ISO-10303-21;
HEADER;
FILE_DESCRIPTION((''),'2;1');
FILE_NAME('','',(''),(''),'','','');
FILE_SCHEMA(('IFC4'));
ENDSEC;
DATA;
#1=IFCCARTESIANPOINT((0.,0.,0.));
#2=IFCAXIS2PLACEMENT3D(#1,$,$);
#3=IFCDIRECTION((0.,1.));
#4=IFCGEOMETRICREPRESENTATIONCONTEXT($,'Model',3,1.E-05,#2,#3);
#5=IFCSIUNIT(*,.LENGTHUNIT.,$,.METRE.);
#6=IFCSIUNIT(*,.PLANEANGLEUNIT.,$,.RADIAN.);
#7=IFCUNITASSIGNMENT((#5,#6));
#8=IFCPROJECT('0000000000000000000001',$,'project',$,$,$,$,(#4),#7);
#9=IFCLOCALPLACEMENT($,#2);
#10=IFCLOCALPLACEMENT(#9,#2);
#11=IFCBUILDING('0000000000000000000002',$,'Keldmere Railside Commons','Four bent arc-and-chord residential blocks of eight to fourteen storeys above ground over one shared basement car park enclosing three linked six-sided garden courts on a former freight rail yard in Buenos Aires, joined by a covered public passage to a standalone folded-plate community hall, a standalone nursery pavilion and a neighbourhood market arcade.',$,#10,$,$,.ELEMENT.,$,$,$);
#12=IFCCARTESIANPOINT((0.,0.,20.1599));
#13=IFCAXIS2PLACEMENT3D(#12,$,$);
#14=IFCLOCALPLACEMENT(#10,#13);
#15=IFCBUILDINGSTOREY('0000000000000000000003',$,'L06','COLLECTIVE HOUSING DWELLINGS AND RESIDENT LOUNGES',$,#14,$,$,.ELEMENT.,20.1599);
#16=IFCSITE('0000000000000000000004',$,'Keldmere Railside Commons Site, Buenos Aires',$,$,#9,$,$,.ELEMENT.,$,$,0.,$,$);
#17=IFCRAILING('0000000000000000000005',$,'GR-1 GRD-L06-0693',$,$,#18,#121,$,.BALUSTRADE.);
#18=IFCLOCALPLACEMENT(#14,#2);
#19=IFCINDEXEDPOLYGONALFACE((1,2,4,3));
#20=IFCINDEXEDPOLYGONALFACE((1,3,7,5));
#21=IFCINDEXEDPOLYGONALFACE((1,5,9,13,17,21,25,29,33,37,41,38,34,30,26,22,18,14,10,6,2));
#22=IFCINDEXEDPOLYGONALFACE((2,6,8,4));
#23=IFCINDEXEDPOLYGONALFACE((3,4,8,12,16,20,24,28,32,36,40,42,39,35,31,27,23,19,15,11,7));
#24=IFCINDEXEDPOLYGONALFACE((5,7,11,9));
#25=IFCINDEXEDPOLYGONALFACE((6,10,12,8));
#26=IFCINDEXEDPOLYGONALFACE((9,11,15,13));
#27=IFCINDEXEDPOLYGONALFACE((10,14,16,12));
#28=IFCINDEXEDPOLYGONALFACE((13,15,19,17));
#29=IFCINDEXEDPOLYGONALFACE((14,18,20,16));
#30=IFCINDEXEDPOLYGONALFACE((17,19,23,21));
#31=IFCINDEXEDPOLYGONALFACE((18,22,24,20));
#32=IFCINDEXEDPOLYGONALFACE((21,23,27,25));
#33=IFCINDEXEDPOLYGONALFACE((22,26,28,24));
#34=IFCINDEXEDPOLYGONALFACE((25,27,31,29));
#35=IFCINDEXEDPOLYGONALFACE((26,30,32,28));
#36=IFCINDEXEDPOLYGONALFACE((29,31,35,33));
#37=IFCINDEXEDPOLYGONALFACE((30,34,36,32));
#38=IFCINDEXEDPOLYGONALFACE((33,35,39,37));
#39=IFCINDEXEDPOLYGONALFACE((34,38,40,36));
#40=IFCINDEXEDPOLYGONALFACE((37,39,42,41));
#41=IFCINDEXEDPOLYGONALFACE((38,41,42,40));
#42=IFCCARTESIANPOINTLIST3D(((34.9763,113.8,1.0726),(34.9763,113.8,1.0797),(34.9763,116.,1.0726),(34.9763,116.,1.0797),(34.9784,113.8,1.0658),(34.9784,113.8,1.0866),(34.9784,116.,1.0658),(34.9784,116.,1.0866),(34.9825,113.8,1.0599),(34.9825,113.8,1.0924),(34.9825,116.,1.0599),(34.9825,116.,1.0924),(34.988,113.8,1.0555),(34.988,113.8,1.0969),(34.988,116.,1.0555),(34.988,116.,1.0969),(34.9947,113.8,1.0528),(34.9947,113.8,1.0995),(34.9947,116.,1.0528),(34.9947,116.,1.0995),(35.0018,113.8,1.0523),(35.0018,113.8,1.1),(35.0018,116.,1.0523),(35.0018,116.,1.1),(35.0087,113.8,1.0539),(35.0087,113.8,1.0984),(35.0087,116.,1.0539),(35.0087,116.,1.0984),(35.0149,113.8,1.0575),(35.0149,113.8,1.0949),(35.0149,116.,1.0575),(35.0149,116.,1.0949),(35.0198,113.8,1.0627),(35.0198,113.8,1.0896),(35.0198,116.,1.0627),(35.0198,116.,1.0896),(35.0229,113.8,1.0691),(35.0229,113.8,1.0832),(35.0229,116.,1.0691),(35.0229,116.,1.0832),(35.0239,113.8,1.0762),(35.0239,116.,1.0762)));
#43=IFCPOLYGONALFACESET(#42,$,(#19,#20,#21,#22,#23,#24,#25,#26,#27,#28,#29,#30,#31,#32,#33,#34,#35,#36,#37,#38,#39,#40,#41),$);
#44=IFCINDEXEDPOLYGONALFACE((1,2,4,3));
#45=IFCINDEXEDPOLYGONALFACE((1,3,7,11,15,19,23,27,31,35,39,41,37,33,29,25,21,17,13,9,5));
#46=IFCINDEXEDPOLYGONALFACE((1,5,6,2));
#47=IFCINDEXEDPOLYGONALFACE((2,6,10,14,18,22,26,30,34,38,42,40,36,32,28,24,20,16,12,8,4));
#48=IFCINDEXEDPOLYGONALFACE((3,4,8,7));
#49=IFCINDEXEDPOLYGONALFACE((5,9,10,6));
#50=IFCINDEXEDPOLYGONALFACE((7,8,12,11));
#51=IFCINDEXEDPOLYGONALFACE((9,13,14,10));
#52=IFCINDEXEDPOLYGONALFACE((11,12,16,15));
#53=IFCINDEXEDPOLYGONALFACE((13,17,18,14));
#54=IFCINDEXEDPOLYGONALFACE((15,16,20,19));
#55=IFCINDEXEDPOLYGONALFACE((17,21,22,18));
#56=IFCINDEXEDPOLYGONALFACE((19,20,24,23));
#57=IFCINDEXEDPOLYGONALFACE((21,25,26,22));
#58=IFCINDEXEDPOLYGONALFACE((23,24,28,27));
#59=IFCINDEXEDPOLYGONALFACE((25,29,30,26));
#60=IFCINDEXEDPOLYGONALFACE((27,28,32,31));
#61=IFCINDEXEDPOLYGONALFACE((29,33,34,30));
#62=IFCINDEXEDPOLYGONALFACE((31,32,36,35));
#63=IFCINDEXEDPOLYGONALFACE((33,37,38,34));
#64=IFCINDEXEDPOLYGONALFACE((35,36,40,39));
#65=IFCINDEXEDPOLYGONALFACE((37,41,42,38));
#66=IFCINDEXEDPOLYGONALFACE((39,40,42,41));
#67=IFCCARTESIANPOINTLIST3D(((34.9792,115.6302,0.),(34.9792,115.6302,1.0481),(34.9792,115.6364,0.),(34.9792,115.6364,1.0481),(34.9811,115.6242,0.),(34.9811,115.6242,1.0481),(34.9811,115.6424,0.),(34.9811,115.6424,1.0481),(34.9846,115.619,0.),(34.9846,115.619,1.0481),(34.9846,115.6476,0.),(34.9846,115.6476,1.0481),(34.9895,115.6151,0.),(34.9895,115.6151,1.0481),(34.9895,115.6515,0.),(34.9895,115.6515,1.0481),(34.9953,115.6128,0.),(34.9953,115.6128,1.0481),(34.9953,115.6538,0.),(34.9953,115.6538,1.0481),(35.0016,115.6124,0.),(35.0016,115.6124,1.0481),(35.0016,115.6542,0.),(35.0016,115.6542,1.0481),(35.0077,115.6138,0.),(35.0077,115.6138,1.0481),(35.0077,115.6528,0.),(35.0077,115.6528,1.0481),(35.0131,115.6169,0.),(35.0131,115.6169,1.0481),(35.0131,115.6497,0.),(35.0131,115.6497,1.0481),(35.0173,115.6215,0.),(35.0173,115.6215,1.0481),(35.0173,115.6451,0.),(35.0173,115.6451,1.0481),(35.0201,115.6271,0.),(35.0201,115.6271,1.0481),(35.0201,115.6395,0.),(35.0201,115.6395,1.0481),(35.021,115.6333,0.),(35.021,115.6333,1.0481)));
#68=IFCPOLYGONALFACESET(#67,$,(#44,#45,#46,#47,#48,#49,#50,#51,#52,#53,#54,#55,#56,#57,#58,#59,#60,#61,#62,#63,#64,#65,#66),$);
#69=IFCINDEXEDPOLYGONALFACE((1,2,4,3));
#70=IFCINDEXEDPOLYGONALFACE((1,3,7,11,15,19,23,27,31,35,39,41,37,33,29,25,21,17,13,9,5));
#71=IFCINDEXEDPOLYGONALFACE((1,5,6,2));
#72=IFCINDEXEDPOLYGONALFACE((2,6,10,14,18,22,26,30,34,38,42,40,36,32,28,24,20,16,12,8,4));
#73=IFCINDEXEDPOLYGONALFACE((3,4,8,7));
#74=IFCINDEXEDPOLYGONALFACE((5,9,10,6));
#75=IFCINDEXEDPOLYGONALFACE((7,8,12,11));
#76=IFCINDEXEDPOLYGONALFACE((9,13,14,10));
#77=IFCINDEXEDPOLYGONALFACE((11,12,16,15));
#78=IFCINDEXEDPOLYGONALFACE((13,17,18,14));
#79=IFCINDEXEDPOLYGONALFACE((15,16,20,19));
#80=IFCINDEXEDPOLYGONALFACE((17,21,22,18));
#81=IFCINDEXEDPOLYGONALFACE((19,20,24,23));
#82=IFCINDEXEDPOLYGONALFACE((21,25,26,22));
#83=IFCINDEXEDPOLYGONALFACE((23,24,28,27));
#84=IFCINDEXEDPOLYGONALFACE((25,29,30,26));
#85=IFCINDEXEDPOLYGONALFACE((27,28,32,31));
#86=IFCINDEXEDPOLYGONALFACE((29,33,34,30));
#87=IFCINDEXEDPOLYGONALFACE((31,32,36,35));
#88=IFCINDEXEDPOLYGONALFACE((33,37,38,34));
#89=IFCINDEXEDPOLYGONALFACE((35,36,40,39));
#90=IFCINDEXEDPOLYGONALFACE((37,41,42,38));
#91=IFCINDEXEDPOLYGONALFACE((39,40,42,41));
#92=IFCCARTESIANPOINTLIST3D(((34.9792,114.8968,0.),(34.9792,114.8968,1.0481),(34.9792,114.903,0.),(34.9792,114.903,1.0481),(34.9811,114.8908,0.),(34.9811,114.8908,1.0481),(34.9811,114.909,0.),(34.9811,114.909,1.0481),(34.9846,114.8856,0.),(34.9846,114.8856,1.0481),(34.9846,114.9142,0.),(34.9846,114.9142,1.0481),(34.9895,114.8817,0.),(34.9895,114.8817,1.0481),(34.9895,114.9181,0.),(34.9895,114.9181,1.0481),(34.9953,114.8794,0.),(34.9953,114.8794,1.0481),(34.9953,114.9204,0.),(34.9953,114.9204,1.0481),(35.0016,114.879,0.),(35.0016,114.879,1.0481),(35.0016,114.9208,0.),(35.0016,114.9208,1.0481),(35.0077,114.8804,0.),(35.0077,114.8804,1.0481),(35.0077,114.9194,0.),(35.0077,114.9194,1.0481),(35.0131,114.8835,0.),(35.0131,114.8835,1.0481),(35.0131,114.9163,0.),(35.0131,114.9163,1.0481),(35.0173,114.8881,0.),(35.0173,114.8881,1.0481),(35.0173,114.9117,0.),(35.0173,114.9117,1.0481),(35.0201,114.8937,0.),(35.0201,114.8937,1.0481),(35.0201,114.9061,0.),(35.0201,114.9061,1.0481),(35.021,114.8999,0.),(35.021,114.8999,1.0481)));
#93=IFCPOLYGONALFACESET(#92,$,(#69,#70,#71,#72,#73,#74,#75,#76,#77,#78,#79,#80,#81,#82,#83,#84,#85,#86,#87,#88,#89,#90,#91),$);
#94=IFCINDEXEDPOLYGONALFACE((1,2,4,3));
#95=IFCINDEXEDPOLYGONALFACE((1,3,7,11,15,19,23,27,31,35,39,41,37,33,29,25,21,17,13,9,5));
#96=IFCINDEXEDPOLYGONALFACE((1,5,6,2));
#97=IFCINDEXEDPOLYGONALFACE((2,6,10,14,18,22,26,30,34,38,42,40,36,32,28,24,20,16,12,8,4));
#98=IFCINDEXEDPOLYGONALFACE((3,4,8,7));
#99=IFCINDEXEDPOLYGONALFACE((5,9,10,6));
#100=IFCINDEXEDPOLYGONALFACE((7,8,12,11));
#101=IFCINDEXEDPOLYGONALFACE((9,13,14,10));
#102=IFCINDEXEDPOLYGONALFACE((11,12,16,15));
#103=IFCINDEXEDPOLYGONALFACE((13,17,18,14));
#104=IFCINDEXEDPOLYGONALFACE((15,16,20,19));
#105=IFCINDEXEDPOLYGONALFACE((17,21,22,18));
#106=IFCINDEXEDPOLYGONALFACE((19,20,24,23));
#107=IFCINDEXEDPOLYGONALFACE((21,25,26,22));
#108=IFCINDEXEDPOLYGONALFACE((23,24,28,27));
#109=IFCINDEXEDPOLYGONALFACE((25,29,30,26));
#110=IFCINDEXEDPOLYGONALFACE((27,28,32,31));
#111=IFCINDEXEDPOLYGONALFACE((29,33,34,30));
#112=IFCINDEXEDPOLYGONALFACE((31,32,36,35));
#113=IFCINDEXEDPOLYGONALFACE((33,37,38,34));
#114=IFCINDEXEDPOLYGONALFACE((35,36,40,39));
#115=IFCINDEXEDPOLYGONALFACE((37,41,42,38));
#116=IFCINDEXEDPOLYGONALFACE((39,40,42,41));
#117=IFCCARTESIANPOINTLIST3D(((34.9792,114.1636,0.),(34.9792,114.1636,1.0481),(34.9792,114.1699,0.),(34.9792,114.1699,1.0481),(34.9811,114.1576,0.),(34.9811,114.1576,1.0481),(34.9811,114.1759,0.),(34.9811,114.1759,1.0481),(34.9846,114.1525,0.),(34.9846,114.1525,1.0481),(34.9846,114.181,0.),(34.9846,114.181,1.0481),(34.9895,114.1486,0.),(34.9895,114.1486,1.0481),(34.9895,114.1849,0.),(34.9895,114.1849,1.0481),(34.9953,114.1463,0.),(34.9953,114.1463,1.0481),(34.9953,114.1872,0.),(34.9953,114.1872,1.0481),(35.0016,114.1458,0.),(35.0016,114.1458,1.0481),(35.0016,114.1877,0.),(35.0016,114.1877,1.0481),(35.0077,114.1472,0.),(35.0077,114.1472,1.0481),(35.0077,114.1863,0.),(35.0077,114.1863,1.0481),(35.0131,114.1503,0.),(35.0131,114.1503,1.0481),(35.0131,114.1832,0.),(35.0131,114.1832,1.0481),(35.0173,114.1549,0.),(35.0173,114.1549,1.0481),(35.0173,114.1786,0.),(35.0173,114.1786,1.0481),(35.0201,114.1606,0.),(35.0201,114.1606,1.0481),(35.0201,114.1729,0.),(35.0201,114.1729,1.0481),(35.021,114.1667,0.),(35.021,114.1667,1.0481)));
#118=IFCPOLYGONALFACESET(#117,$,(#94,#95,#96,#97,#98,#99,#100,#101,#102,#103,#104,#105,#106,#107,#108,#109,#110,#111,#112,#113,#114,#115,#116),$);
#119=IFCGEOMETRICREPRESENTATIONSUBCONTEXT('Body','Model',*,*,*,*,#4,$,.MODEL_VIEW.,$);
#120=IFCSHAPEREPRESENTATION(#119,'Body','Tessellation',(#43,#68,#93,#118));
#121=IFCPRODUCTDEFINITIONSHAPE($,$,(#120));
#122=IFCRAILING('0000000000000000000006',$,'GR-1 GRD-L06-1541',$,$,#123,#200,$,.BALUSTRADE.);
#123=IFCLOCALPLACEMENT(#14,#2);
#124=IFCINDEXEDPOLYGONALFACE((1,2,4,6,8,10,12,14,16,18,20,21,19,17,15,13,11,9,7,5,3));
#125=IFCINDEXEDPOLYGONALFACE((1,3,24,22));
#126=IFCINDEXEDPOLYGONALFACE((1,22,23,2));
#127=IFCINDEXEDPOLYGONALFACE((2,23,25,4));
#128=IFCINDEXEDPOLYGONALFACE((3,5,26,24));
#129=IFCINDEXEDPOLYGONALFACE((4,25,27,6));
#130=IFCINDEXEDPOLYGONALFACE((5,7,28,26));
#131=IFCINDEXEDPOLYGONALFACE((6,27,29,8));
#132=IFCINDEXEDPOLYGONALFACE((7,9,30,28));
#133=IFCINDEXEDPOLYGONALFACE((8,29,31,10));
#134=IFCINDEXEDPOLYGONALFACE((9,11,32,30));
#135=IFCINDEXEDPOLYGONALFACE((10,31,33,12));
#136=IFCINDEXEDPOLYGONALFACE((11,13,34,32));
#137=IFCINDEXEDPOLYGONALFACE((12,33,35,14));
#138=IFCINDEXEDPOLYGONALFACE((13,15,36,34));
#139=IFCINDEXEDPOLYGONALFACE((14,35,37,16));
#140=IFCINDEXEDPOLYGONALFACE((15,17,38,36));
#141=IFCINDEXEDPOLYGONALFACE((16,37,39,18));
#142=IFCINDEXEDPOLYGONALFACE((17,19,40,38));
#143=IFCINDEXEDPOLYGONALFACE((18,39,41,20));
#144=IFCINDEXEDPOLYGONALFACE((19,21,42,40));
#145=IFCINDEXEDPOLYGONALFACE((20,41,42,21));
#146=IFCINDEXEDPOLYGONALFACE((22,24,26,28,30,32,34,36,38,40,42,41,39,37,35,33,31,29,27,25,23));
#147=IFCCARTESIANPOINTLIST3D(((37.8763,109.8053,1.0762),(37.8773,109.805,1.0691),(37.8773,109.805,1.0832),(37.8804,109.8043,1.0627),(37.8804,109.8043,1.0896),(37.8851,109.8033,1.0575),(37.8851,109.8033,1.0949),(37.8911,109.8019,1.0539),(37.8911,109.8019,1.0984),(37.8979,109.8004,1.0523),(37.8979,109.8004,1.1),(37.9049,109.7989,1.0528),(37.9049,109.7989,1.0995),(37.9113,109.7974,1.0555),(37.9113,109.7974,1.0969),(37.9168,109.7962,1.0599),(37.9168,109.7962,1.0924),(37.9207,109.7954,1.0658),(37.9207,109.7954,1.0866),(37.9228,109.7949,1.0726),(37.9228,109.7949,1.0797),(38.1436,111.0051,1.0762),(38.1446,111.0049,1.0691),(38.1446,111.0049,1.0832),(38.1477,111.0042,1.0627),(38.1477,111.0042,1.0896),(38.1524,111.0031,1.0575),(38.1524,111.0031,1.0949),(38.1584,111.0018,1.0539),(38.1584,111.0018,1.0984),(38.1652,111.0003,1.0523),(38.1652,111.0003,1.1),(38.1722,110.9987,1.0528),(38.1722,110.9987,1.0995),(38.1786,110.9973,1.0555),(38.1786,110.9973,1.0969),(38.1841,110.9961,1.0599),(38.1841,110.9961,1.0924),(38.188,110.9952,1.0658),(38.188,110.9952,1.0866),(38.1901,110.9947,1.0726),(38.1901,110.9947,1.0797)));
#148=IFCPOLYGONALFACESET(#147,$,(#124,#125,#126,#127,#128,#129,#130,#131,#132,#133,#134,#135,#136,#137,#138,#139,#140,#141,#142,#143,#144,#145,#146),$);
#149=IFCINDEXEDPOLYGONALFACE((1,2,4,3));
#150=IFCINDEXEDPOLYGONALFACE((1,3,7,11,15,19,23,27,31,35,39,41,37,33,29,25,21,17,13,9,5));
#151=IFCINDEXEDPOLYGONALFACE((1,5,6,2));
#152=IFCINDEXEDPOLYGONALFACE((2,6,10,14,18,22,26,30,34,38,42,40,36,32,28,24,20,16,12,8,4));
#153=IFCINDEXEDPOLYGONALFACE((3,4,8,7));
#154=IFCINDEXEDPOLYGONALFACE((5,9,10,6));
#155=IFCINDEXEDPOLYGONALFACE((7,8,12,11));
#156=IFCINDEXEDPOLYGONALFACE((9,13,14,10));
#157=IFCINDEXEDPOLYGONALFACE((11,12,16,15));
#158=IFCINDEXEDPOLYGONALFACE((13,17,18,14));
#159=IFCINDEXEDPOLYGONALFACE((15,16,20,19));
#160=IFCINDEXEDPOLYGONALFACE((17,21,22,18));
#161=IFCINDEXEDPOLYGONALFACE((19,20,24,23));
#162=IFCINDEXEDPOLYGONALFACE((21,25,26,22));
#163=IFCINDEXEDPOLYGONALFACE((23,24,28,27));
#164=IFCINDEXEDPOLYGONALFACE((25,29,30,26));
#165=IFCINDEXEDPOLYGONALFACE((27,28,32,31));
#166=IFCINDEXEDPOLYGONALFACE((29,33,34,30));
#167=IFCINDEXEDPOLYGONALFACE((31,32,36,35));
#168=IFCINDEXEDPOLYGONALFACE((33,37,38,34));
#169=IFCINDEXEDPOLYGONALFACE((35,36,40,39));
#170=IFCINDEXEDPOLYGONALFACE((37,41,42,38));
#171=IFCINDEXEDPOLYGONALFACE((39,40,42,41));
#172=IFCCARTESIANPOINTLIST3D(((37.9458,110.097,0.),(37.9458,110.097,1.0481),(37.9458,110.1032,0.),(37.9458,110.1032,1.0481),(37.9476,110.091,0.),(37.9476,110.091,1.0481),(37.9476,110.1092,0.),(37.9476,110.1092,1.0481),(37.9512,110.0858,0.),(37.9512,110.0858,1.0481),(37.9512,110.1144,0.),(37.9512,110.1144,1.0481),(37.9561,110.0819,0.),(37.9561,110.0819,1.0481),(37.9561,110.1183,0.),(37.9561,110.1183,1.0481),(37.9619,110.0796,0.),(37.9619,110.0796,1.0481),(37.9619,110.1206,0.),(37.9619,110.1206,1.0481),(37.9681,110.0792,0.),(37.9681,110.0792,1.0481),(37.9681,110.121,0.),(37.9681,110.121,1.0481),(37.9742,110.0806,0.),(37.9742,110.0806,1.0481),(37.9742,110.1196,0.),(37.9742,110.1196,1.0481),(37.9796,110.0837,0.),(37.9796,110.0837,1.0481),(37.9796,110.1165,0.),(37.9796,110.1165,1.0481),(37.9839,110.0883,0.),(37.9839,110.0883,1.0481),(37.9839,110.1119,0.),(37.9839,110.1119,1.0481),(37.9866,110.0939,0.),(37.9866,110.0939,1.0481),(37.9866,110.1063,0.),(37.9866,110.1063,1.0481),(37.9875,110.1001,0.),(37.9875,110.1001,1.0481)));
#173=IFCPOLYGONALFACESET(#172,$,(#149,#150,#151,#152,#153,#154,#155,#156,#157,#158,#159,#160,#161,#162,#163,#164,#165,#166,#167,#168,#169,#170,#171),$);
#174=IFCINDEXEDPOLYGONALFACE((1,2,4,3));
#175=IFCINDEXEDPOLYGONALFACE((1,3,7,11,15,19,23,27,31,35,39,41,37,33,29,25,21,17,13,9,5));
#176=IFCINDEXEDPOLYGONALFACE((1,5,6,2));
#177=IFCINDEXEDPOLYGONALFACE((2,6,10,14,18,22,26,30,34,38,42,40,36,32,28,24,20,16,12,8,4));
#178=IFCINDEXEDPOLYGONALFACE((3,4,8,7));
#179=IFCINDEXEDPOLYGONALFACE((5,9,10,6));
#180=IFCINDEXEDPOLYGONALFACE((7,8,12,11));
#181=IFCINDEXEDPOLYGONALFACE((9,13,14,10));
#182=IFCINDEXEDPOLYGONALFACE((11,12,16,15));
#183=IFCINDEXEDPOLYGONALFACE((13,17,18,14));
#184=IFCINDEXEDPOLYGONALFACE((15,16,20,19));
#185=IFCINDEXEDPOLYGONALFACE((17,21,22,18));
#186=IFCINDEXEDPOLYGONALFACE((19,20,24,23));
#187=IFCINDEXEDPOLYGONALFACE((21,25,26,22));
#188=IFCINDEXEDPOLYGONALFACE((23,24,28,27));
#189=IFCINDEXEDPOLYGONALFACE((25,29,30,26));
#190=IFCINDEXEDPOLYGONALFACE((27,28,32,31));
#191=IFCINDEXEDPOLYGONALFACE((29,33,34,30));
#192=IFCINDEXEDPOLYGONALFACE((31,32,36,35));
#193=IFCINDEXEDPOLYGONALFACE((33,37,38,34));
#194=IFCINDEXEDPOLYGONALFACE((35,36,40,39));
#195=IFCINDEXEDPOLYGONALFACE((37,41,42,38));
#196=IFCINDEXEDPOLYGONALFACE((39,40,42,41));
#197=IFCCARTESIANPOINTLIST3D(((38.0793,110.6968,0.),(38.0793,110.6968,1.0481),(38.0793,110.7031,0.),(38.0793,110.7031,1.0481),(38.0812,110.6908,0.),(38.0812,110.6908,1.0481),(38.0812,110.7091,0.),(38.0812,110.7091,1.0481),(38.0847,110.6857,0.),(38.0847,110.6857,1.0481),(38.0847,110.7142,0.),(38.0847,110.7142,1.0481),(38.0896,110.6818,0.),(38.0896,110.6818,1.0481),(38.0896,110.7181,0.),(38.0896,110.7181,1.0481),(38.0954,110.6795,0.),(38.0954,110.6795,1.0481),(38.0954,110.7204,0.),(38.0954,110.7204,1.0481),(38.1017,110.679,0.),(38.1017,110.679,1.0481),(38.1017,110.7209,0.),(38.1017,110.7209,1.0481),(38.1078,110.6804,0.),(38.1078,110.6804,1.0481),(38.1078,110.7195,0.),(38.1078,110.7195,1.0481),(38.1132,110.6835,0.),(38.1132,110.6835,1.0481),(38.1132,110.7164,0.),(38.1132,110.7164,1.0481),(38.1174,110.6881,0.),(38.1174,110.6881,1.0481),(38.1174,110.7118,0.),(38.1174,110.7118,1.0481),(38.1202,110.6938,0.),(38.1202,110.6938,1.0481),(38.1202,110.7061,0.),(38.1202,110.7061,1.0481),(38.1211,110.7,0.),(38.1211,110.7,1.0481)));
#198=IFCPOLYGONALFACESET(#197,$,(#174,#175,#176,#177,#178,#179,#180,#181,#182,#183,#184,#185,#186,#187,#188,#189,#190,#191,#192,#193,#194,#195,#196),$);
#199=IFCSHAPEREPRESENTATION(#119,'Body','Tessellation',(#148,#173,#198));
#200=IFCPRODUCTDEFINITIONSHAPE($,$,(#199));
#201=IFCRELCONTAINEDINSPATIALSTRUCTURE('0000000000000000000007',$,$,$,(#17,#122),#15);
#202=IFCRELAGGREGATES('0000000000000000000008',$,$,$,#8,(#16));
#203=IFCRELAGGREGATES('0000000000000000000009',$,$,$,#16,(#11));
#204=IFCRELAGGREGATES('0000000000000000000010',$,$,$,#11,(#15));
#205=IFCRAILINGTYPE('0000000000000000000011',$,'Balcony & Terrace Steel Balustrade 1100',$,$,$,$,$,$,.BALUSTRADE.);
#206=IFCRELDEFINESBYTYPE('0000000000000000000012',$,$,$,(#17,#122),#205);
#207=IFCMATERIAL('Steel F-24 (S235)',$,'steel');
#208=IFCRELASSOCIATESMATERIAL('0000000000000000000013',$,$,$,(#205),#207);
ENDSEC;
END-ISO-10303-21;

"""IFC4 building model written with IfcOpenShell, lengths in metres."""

from ifc_helpers import new_model, si_unit, direction, frame, origin, origin_2d, place, context, subcontext, project, spatial, circle, extrude, material, type_object, element, save


model = new_model("IFC4")

# Units and contexts
model_context = context("Model", 3, precision=1e-05, world=origin(), true_north=direction((0.0, 1.0)))
body_context = subcontext(model_context, "Body", "Model", "MODEL_VIEW")
ifc_project = project(units=[si_unit("LENGTHUNIT", "METRE"), si_unit("PLANEANGLEUNIT", "RADIAN")], contexts=[model_context])

# Site, building, storey
site_placement = place(None, origin())
site = spatial("IfcSite", under=ifc_project, at=site_placement, Name="Keldmere Railside Commons Site, Buenos Aires", CompositionType="ELEMENT", RefElevation=0.0)
building_placement = place(site_placement, origin())
building = spatial("IfcBuilding", under=site, at=building_placement, Name="Keldmere Railside Commons", Description="Four bent arc-and-chord residential blocks of eight to fourteen storeys above ground over one shared basement car park enclosing three linked six-sided garden courts on a former freight rail yard in Buenos Aires, joined by a covered public passage to a standalone folded-plate community hall, a standalone nursery pavilion and a neighbourhood market arcade.", CompositionType="ELEMENT")
storey_placement = place(building_placement, frame((0.0, 0.0, 20.1599)))
storey = spatial("IfcBuildingStorey", under=building, at=storey_placement, Name="L06", Description="COLLECTIVE HOUSING DWELLINGS AND RESIDENT LOUNGES", CompositionType="ELEMENT", Elevation=20.1599)

# Railings
ifc_material_1 = material(Name="Steel F-24 (S235)", Category="steel")
railing_type = type_object("IfcRailingType", Name="Balcony & Terrace Steel Balustrade 1100", PredefinedType="BALUSTRADE", material=ifc_material_1)
railing_1_placement = place(storey_placement, frame((35.0, 116.0, 0.0)))
element("IfcRailing", 1, at=railing_1_placement, inside=storey, type_object=railing_type, Name="GR-1 GRD-L06-0693", PredefinedType="BALUSTRADE", context=body_context, shape_type="SweptSolid", body=[
    extrude(circle(Radius=0.0239, at=origin_2d()), frame((0.0, 0.0, 1.0762), z_axis=(0.0, -1.0, 0.0), x_axis=(1.0, 0.0, 0.0)), (0.0, 0.0, 1.0), 2.2),
    extrude(circle(Radius=0.021, at=origin_2d()), frame((0.0, -0.3667, 0.0)), (0.0, 0.0, 1.0), 1.0481),
    extrude(circle(Radius=0.021, at=origin_2d()), frame((0.0, -1.1001, 0.0)), (0.0, 0.0, 1.0), 1.0481),
    extrude(circle(Radius=0.021, at=origin_2d()), frame((0.0, -1.8333, 0.0)), (0.0, 0.0, 1.0), 1.0481),
])
railing_2_placement = place(storey_placement, frame((37.8997, 109.8, 0.0)))
element("IfcRailing", 2, at=railing_2_placement, inside=storey, type_object=railing_type, Name="GR-1 GRD-L06-1541", PredefinedType="BALUSTRADE", context=body_context, shape_type="SweptSolid", body=[
    extrude(circle(Radius=0.0239, at=origin_2d()), frame((0.0, 0.0, 1.0762), z_axis=(0.217456, 0.97607, 0.0), x_axis=(-0.97607, 0.217456, 0.0)), (0.0, 0.0, 1.0), 1.2292),
    extrude(circle(Radius=0.021, at=origin_2d()), frame((0.0669, 0.3, 0.0)), (0.0, 0.0, 1.0), 1.0481),
    extrude(circle(Radius=0.021, at=origin_2d()), frame((0.2004, 0.8999, 0.0)), (0.0, 0.0, 1.0), 1.0481),
])

save(model, "model.ifc")
